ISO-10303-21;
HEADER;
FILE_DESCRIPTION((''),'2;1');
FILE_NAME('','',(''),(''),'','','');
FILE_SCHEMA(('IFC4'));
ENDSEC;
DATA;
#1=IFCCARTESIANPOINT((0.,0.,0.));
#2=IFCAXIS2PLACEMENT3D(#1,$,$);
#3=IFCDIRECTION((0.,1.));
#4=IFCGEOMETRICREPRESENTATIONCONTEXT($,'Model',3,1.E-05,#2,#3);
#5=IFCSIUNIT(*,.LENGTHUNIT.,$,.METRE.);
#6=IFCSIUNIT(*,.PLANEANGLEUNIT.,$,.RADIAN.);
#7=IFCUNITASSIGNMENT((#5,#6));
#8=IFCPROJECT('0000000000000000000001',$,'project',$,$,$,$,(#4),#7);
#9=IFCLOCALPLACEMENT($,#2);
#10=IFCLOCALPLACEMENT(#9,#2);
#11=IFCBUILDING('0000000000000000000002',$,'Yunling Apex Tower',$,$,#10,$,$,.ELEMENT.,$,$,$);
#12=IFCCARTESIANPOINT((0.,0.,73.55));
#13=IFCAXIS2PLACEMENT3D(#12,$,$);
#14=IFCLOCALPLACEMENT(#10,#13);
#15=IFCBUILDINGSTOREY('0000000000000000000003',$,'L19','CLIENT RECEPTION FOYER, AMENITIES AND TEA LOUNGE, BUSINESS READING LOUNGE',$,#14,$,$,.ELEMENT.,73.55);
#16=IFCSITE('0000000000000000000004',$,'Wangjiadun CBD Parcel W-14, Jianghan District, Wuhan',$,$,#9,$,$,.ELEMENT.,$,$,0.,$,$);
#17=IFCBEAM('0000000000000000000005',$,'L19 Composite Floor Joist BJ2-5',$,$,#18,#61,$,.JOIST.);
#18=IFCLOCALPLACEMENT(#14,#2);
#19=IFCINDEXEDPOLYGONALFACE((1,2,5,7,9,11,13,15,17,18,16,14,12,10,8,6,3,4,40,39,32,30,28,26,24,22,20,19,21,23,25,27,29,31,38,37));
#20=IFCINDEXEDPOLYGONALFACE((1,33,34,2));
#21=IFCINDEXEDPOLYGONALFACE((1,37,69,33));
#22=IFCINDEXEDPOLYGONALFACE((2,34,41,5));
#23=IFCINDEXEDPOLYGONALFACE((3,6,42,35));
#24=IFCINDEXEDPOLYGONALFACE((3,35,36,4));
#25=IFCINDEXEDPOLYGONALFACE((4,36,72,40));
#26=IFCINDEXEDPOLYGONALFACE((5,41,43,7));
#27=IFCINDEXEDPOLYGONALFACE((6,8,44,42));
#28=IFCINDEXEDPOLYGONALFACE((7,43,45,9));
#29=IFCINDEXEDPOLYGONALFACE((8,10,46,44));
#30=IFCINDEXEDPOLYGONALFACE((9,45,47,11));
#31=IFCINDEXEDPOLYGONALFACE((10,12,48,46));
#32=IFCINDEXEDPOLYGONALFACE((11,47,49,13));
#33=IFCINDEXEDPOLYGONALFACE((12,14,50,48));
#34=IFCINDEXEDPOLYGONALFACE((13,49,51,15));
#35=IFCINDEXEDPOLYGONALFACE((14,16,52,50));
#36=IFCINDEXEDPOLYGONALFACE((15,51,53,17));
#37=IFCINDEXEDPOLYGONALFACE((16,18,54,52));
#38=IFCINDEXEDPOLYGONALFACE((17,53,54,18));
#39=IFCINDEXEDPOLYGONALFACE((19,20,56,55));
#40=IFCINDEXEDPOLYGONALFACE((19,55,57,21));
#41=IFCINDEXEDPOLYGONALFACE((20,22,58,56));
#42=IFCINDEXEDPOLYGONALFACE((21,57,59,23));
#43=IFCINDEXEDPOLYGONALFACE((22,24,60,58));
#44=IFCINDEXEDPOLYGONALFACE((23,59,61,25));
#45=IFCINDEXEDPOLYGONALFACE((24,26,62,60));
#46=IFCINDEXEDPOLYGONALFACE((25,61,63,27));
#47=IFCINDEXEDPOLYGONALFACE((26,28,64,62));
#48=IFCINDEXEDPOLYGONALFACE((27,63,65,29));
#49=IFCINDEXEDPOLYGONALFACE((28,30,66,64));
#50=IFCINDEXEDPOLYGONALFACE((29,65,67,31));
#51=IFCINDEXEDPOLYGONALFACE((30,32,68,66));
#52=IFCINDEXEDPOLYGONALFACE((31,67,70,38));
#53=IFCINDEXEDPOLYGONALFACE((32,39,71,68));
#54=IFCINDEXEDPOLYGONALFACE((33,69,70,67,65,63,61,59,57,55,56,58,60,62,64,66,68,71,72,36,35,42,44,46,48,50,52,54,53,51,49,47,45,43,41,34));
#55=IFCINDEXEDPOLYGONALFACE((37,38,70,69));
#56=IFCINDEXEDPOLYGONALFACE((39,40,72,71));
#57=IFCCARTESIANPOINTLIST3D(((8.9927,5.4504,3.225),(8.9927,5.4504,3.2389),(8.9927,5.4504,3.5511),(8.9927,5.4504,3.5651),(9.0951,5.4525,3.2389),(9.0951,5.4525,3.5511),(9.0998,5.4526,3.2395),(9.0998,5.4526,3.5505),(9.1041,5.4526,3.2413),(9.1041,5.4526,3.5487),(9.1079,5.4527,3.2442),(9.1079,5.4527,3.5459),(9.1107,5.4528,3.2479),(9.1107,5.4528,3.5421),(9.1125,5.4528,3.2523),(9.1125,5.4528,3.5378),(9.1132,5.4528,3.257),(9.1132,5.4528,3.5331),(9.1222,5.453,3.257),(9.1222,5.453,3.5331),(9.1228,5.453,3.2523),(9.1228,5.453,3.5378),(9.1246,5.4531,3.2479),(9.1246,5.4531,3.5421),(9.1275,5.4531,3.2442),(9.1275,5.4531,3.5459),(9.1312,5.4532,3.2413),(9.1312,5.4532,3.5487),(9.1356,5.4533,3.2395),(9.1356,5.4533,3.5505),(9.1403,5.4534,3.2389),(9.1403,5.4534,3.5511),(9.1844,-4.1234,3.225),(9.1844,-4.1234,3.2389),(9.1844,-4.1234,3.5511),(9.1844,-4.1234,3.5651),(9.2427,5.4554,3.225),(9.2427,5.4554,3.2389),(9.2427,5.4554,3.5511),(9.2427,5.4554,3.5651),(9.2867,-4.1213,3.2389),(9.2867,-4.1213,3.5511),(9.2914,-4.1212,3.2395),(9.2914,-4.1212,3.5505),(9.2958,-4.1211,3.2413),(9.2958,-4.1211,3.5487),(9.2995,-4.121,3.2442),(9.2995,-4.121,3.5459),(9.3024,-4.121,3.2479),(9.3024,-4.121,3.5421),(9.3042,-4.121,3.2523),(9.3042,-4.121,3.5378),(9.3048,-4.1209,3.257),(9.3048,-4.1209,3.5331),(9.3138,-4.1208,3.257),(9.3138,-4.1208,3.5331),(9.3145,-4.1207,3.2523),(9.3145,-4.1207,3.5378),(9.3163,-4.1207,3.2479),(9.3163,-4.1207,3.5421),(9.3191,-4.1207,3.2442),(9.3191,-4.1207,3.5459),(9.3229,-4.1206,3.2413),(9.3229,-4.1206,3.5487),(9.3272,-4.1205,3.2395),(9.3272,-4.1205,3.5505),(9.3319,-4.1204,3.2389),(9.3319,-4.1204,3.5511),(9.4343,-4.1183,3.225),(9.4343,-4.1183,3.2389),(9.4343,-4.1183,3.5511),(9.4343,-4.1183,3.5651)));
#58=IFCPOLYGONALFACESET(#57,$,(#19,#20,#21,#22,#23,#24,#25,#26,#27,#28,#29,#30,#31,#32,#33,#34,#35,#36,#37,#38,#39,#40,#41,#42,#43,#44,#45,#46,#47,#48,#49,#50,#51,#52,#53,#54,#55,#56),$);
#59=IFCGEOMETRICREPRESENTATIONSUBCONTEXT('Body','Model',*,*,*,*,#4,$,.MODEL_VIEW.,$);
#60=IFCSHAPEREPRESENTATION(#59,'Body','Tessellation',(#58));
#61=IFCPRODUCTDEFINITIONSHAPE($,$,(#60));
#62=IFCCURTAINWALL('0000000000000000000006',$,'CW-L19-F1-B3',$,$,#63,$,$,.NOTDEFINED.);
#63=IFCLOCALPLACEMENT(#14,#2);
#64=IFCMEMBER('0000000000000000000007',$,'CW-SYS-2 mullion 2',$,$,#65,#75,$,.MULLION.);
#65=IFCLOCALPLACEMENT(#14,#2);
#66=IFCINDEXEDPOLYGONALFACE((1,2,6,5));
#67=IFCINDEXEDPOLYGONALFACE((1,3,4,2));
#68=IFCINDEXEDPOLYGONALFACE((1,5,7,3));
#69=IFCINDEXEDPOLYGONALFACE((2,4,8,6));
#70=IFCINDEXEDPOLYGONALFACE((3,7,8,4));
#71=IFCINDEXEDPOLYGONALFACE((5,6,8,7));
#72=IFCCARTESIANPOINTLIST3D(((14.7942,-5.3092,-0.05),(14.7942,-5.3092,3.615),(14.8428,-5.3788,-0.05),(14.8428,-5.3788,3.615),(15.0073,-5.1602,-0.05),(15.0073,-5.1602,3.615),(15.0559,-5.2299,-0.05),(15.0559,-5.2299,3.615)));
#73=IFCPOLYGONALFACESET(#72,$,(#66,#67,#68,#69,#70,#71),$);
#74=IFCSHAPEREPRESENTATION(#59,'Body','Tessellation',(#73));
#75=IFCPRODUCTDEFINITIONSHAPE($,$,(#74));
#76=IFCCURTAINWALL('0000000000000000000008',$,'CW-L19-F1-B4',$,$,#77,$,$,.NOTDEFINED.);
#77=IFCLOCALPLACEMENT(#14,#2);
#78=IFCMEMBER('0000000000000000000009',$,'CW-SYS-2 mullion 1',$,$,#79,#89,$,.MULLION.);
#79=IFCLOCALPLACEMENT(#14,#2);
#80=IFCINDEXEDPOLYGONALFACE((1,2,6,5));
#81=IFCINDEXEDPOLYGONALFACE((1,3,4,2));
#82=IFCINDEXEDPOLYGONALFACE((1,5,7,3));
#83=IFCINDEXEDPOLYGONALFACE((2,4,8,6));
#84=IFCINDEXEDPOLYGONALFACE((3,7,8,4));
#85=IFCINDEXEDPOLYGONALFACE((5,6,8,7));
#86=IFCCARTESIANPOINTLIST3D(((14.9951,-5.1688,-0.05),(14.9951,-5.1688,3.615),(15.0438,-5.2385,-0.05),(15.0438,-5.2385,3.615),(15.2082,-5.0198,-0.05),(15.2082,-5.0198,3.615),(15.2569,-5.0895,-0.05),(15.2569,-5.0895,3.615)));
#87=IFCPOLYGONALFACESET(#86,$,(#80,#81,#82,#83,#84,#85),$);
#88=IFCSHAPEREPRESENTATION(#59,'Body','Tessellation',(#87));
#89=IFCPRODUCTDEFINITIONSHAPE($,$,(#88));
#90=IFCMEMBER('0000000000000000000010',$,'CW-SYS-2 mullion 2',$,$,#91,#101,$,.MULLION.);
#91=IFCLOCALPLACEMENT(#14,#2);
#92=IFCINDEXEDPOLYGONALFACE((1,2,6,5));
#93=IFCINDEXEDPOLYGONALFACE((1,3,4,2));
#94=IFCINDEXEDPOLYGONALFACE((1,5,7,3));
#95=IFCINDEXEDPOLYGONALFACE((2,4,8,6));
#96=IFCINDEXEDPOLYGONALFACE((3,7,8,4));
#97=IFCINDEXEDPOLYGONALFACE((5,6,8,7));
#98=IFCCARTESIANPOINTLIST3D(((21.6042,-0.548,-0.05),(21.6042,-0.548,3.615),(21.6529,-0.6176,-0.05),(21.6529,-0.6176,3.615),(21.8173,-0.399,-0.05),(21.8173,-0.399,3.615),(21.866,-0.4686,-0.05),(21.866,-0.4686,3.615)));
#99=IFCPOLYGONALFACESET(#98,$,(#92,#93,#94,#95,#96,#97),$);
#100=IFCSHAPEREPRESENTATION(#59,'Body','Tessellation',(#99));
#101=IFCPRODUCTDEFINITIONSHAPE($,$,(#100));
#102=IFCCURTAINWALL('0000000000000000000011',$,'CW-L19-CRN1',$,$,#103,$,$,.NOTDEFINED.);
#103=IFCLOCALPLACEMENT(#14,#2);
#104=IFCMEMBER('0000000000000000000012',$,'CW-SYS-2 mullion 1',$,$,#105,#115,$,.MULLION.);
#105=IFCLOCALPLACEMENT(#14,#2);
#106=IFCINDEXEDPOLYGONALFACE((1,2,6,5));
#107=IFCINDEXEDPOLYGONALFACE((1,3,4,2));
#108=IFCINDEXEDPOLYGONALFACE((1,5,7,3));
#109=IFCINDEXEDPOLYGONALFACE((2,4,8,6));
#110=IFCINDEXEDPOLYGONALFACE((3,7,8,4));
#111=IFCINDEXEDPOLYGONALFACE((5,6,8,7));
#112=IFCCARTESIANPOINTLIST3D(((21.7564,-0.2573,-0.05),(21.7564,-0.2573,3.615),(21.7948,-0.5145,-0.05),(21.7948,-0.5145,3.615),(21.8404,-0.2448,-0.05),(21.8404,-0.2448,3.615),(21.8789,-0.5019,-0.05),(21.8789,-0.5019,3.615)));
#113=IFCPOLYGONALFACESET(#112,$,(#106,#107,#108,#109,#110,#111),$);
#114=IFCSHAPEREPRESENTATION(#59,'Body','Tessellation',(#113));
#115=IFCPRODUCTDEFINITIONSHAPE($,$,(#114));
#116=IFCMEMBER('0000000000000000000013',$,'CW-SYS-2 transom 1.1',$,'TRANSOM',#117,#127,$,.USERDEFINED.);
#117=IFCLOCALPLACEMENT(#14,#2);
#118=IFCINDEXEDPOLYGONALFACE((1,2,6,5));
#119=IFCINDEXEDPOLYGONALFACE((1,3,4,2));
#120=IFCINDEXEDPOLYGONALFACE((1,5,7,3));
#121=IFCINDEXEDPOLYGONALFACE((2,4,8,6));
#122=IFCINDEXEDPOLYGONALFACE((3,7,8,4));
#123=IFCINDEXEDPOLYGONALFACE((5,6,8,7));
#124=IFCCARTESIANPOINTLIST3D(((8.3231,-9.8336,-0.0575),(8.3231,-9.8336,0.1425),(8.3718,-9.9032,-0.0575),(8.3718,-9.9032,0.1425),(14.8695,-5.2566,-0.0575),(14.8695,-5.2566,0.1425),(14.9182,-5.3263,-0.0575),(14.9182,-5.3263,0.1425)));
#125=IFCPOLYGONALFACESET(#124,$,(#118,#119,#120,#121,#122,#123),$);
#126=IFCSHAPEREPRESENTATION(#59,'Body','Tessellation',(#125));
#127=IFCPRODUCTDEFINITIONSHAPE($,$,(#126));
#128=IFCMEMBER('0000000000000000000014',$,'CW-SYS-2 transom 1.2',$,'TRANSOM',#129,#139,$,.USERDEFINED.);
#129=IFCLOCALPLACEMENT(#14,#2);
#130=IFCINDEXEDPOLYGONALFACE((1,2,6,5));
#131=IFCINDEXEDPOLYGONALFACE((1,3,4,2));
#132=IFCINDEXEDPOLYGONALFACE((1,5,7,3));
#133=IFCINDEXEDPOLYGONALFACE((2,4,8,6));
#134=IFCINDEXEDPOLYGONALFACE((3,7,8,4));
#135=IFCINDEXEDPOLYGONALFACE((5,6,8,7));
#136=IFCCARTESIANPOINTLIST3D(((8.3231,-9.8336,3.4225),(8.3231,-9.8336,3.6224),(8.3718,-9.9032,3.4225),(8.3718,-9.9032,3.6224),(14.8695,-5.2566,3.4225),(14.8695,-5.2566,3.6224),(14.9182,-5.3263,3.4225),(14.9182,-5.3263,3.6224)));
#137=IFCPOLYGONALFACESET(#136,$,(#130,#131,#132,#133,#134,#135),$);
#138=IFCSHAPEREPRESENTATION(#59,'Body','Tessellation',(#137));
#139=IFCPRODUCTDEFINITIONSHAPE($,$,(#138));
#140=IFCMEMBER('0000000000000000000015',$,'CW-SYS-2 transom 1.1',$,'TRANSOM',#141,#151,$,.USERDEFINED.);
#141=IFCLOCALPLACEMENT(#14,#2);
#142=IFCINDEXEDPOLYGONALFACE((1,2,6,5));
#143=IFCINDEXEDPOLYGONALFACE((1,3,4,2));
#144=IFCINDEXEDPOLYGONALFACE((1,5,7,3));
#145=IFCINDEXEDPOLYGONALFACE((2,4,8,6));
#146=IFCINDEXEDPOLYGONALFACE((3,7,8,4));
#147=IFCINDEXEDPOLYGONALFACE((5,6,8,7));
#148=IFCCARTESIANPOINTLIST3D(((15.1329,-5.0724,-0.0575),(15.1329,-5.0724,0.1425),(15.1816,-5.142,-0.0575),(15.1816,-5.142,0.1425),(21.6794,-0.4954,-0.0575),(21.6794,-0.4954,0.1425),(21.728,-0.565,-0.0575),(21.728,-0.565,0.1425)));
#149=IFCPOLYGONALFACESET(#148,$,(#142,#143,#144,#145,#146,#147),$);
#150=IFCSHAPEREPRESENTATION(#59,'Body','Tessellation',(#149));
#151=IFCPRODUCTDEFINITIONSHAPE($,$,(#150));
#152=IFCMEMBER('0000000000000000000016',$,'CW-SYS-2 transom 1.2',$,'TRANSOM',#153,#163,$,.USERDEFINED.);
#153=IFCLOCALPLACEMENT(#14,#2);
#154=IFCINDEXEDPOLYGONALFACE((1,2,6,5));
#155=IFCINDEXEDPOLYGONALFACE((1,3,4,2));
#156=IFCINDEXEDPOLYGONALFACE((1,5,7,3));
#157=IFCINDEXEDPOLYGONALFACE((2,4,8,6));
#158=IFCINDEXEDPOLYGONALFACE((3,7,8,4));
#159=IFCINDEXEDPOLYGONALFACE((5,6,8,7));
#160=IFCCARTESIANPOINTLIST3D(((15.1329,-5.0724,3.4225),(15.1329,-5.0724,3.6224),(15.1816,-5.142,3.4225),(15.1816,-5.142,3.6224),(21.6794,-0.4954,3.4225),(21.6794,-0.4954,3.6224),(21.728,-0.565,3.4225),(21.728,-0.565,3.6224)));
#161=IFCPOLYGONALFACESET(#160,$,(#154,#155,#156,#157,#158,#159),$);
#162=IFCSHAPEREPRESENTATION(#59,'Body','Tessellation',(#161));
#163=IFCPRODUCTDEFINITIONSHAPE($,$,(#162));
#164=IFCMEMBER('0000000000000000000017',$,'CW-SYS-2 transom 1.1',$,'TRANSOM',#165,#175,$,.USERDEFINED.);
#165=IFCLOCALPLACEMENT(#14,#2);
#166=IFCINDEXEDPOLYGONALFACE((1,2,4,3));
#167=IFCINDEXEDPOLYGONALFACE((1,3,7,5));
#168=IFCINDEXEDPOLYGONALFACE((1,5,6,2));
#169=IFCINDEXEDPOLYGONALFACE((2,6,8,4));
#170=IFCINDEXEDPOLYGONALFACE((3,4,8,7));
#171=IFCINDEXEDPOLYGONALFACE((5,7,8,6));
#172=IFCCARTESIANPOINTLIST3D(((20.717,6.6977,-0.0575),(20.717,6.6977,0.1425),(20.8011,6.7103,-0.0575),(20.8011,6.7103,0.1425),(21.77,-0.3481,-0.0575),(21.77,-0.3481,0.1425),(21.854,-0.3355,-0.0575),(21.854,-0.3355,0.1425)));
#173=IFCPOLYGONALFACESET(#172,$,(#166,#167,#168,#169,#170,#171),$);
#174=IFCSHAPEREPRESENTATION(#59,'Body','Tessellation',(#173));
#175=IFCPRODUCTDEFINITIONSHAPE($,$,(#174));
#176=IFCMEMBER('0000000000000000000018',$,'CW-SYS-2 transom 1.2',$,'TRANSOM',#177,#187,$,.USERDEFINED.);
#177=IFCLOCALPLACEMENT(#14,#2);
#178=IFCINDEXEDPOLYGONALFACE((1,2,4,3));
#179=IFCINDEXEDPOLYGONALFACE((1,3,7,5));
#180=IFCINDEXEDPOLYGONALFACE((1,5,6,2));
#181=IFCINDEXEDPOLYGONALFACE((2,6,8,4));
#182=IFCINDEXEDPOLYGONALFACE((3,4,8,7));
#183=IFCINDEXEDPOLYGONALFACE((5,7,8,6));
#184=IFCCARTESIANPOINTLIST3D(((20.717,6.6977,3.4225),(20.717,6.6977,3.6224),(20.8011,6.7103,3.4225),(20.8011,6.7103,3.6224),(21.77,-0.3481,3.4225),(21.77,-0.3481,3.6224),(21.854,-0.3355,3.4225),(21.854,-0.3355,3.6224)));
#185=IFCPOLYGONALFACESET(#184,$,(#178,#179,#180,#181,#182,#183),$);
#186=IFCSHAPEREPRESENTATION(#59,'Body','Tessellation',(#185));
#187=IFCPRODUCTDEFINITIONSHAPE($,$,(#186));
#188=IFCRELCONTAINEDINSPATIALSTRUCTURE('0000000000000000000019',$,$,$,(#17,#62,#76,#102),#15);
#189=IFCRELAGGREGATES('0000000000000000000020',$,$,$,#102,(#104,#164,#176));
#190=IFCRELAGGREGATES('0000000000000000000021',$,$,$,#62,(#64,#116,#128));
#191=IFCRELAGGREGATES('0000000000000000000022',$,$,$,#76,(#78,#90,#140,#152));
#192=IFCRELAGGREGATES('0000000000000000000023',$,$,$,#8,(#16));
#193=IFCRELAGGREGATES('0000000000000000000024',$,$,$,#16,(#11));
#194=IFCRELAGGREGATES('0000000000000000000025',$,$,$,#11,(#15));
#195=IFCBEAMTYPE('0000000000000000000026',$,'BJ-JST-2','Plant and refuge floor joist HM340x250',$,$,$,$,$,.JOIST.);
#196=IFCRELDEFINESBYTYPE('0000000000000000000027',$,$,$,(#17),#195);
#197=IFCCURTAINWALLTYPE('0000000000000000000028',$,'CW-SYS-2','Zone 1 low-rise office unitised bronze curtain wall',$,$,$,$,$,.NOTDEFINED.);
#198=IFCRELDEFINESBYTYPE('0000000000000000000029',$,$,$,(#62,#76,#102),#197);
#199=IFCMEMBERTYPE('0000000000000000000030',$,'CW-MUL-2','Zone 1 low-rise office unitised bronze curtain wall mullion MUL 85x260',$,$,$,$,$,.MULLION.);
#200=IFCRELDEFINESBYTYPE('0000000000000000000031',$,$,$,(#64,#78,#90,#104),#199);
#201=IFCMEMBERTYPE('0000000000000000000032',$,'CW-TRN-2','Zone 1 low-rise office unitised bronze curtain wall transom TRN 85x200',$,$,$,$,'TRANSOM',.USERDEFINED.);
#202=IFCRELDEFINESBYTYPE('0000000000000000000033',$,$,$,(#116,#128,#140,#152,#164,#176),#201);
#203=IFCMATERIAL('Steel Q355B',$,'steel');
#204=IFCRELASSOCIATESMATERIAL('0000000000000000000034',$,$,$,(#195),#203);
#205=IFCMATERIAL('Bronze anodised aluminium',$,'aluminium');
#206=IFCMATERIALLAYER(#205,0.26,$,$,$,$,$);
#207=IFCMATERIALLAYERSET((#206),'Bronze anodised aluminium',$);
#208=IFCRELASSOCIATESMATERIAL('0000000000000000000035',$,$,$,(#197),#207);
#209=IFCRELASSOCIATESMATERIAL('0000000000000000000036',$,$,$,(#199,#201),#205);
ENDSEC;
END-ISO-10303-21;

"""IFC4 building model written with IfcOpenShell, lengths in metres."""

from ifc_helpers import new_model, si_unit, direction, frame, origin, origin_2d, place, context, subcontext, project, spatial, rectangle, i_section, extrude, source, transform, mapped, material, layer, layer_set, material_profile, profile_set, type_object, element, aggregate, save


model = new_model("IFC4")

# Units and contexts
model_context = context("Model", 3, precision=1e-05, world=origin(), true_north=direction((0.0, 1.0)))
body_context = subcontext(model_context, "Body", "Model", "MODEL_VIEW")
ifc_project = project(units=[si_unit("LENGTHUNIT", "METRE"), si_unit("PLANEANGLEUNIT", "RADIAN")], contexts=[model_context])

# Site, building, storey
site_placement = place(None, origin())
site = spatial("IfcSite", under=ifc_project, at=site_placement, Name="Wangjiadun CBD Parcel W-14, Jianghan District, Wuhan", CompositionType="ELEMENT", RefElevation=0.0)
building_placement = place(site_placement, origin())
building = spatial("IfcBuilding", under=site, at=building_placement, Name="Yunling Apex Tower", CompositionType="ELEMENT")
storey_placement = place(building_placement, frame((0.0, 0.0, 73.55)))
storey = spatial("IfcBuildingStorey", under=building, at=storey_placement, Name="L19", Description="CLIENT RECEPTION FOYER, AMENITIES AND TEA LOUNGE, BUSINESS READING LOUNGE", CompositionType="ELEMENT", Elevation=73.55)

# Beam
ifc_material_1 = material(Name="Steel Q355B", Category="steel")
ifc_material_profile_1 = material_profile(ifc_material_1, i_section(OverallWidth=0.25, OverallDepth=0.3401, WebThickness=0.009, FlangeThickness=0.0139, FilletRadius=0.0181, at=origin_2d()))
ifc_profile_set_1 = profile_set([ifc_material_profile_1], Name="Steel Q355B")
beam_type_1 = type_object("IfcBeamType", Name="BJ-JST-2", Description="Plant and refuge floor joist HM340x250", PredefinedType="JOIST", material=ifc_profile_set_1)
shared_shape_1 = source(origin(), body_context, "Body", "SweptSolid", [
    extrude(i_section(OverallWidth=0.25, OverallDepth=0.3401, WebThickness=0.009, FlangeThickness=0.0139, FilletRadius=0.0181, at=origin_2d()), origin(), (0.0, 0.0, 1.0), 9.5757),
])
beam_1_placement = place(storey_placement, frame((9.3093, -4.1208, 3.395), z_axis=(-0.020014, 0.9998, 0.0), x_axis=(-0.9998, -0.020014, 0.0)))
element("IfcBeam", 1, at=beam_1_placement, inside=storey, type_object=beam_type_1, Name="L19 Composite Floor Joist BJ2-5", PredefinedType="JOIST", context=body_context, shape_type="MappedRepresentation", body=[
    mapped(shared_shape_1, transform((0.0, 0.0, 0.0), scale=1.0)),
])

# Curtain wall, member
ifc_material_2 = material(Name="Bronze anodised aluminium", Category="aluminium")
ifc_layer_1 = layer(ifc_material_2, 0.26)
ifc_layer_set_1 = layer_set([ifc_layer_1], Name="Bronze anodised aluminium")
curtain_wall_type = type_object("IfcCurtainWallType", Name="CW-SYS-2", Description="Zone 1 low-rise office unitised bronze curtain wall", PredefinedType="NOTDEFINED", material=ifc_layer_set_1)
curtain_wall_1_placement = place(storey_placement, origin())
curtain_wall_1 = element("IfcCurtainWall", 2, at=curtain_wall_1_placement, inside=storey, type_object=curtain_wall_type, Name="CW-L19-F1-B3", PredefinedType="NOTDEFINED")
ifc_material_profile_2 = material_profile(ifc_material_2, rectangle(XDim=0.085, YDim=0.26, at=origin_2d()))
ifc_profile_set_2 = profile_set([ifc_material_profile_2], Name="Bronze anodised aluminium")
member_type_1 = type_object("IfcMemberType", Name="CW-MUL-2", Description="Zone 1 low-rise office unitised bronze curtain wall mullion MUL 85x260", PredefinedType="MULLION", material=ifc_profile_set_2)
shared_shape_2 = source(origin(), body_context, "Body", "SweptSolid", [
    extrude(rectangle(XDim=0.085, YDim=0.26, at=origin_2d()), origin(), (0.0, 0.0, 1.0), 3.665),
])
member_1_placement = place(storey_placement, frame((14.925, -5.2695, -0.05), z_axis=(0.0, 0.0, 1.0), x_axis=(-0.572996, 0.819558, 0.0)))
member_1 = element("IfcMember", 3, at=member_1_placement, type_object=member_type_1, Name="CW-SYS-2 mullion 2", PredefinedType="MULLION", context=body_context, shape_type="MappedRepresentation", body=[
    mapped(shared_shape_2, transform((0.0, 0.0, 0.0), scale=1.0)),
])

# Curtain wall, members
curtain_wall_2_placement = place(storey_placement, origin())
curtain_wall_2 = element("IfcCurtainWall", 4, at=curtain_wall_2_placement, inside=storey, type_object=curtain_wall_type, Name="CW-L19-F1-B4", PredefinedType="NOTDEFINED")
member_2_placement = place(storey_placement, frame((15.126, -5.1292, -0.05), z_axis=(0.0, 0.0, 1.0), x_axis=(-0.573004, 0.819552, 0.0)))
member_2 = element("IfcMember", 5, at=member_2_placement, type_object=member_type_1, Name="CW-SYS-2 mullion 1", PredefinedType="MULLION", context=body_context, shape_type="MappedRepresentation", body=[
    mapped(shared_shape_2, transform((0.0, 0.0, 0.0), scale=1.0)),
])
member_3_placement = place(storey_placement, frame((21.7351, -0.5083, -0.05), z_axis=(0.0, 0.0, 1.0), x_axis=(-0.573004, 0.819552, 0.0)))
member_3 = element("IfcMember", 6, at=member_3_placement, type_object=member_type_1, Name="CW-SYS-2 mullion 2", PredefinedType="MULLION", context=body_context, shape_type="MappedRepresentation", body=[
    mapped(shared_shape_2, transform((0.0, 0.0, 0.0), scale=1.0)),
])

# Curtain wall, member
curtain_wall_3_placement = place(storey_placement, origin())
curtain_wall_3 = element("IfcCurtainWall", 7, at=curtain_wall_3_placement, inside=storey, type_object=curtain_wall_type, Name="CW-L19-CRN1", PredefinedType="NOTDEFINED")
member_4_placement = place(storey_placement, frame((21.8176, -0.3796, -0.05), z_axis=(0.0, 0.0, 1.0), x_axis=(-0.989018, -0.147798, 0.0)))
member_4 = element("IfcMember", 8, at=member_4_placement, type_object=member_type_1, Name="CW-SYS-2 mullion 1", PredefinedType="MULLION", context=body_context, shape_type="MappedRepresentation", body=[
    mapped(shared_shape_2, transform((0.0, 0.0, 0.0), scale=1.0)),
])

# Members
ifc_material_profile_3 = material_profile(ifc_material_2, rectangle(XDim=0.085, YDim=0.2, at=origin_2d()))
ifc_profile_set_3 = profile_set([ifc_material_profile_3], Name="Bronze anodised aluminium")
member_type_2 = type_object("IfcMemberType", Name="CW-TRN-2", Description="Zone 1 low-rise office unitised bronze curtain wall transom TRN 85x200", ElementType="TRANSOM", PredefinedType="USERDEFINED", material=ifc_profile_set_3)
shared_shape_3 = source(origin(), body_context, "Body", "SweptSolid", [
    extrude(rectangle(XDim=0.085, YDim=0.2, at=origin_2d()), origin(), (0.0, 0.0, 1.0), 7.9878),
])
member_5_placement = place(storey_placement, frame((8.3474, -9.8684, 0.0425), z_axis=(0.819559, 0.572995, 0.0), x_axis=(-0.572995, 0.819559, 0.0)))
member_5 = element("IfcMember", 9, at=member_5_placement, type_object=member_type_2, Name="CW-SYS-2 transom 1.1", ObjectType="TRANSOM", PredefinedType="USERDEFINED", context=body_context, shape_type="MappedRepresentation", body=[
    mapped(shared_shape_3, transform((0.0, 0.0, 0.0), scale=1.0)),
])
member_6_placement = place(storey_placement, frame((8.3474, -9.8684, 3.5225), z_axis=(0.819559, 0.572995, 0.0), x_axis=(-0.572995, 0.819559, 0.0)))
member_6 = element("IfcMember", 10, at=member_6_placement, type_object=member_type_2, Name="CW-SYS-2 transom 1.2", ObjectType="TRANSOM", PredefinedType="USERDEFINED", context=body_context, shape_type="MappedRepresentation", body=[
    mapped(shared_shape_3, transform((0.0, 0.0, 0.0), scale=1.0)),
])
member_7_placement = place(storey_placement, frame((15.1572, -5.1072, 0.0425), z_axis=(0.819559, 0.572995, 0.0), x_axis=(-0.572995, 0.819559, 0.0)))
member_7 = element("IfcMember", 11, at=member_7_placement, type_object=member_type_2, Name="CW-SYS-2 transom 1.1", ObjectType="TRANSOM", PredefinedType="USERDEFINED", context=body_context, shape_type="MappedRepresentation", body=[
    mapped(shared_shape_3, transform((0.0, 0.0, 0.0), scale=1.0)),
])
member_8_placement = place(storey_placement, frame((15.1572, -5.1072, 3.5225), z_axis=(0.819559, 0.572995, 0.0), x_axis=(-0.572995, 0.819559, 0.0)))
member_8 = element("IfcMember", 12, at=member_8_placement, type_object=member_type_2, Name="CW-SYS-2 transom 1.2", ObjectType="TRANSOM", PredefinedType="USERDEFINED", context=body_context, shape_type="MappedRepresentation", body=[
    mapped(shared_shape_3, transform((0.0, 0.0, 0.0), scale=1.0)),
])
shared_shape_4 = source(origin(), body_context, "Body", "SweptSolid", [
    extrude(rectangle(XDim=0.085, YDim=0.2, at=origin_2d()), origin(), (0.0, 0.0, 1.0), 7.124),
])
member_9_placement = place(storey_placement, frame((21.812, -0.3418, 0.0425), z_axis=(-0.147804, 0.989017, 0.0), x_axis=(-0.989017, -0.147804, 0.0)))
member_9 = element("IfcMember", 13, at=member_9_placement, type_object=member_type_2, Name="CW-SYS-2 transom 1.1", ObjectType="TRANSOM", PredefinedType="USERDEFINED", context=body_context, shape_type="MappedRepresentation", body=[
    mapped(shared_shape_4, transform((0.0, 0.0, 0.0), scale=1.0)),
])
member_10_placement = place(storey_placement, frame((21.812, -0.3418, 3.5225), z_axis=(-0.147804, 0.989017, 0.0), x_axis=(-0.989017, -0.147804, 0.0)))
member_10 = element("IfcMember", 14, at=member_10_placement, type_object=member_type_2, Name="CW-SYS-2 transom 1.2", ObjectType="TRANSOM", PredefinedType="USERDEFINED", context=body_context, shape_type="MappedRepresentation", body=[
    mapped(shared_shape_4, transform((0.0, 0.0, 0.0), scale=1.0)),
])
aggregate(curtain_wall_3, [member_4, member_9, member_10])

aggregate(curtain_wall_1, [member_1, member_5, member_6])
aggregate(curtain_wall_2, [member_2, member_3, member_7, member_8])

save(model, "model.ifc")
